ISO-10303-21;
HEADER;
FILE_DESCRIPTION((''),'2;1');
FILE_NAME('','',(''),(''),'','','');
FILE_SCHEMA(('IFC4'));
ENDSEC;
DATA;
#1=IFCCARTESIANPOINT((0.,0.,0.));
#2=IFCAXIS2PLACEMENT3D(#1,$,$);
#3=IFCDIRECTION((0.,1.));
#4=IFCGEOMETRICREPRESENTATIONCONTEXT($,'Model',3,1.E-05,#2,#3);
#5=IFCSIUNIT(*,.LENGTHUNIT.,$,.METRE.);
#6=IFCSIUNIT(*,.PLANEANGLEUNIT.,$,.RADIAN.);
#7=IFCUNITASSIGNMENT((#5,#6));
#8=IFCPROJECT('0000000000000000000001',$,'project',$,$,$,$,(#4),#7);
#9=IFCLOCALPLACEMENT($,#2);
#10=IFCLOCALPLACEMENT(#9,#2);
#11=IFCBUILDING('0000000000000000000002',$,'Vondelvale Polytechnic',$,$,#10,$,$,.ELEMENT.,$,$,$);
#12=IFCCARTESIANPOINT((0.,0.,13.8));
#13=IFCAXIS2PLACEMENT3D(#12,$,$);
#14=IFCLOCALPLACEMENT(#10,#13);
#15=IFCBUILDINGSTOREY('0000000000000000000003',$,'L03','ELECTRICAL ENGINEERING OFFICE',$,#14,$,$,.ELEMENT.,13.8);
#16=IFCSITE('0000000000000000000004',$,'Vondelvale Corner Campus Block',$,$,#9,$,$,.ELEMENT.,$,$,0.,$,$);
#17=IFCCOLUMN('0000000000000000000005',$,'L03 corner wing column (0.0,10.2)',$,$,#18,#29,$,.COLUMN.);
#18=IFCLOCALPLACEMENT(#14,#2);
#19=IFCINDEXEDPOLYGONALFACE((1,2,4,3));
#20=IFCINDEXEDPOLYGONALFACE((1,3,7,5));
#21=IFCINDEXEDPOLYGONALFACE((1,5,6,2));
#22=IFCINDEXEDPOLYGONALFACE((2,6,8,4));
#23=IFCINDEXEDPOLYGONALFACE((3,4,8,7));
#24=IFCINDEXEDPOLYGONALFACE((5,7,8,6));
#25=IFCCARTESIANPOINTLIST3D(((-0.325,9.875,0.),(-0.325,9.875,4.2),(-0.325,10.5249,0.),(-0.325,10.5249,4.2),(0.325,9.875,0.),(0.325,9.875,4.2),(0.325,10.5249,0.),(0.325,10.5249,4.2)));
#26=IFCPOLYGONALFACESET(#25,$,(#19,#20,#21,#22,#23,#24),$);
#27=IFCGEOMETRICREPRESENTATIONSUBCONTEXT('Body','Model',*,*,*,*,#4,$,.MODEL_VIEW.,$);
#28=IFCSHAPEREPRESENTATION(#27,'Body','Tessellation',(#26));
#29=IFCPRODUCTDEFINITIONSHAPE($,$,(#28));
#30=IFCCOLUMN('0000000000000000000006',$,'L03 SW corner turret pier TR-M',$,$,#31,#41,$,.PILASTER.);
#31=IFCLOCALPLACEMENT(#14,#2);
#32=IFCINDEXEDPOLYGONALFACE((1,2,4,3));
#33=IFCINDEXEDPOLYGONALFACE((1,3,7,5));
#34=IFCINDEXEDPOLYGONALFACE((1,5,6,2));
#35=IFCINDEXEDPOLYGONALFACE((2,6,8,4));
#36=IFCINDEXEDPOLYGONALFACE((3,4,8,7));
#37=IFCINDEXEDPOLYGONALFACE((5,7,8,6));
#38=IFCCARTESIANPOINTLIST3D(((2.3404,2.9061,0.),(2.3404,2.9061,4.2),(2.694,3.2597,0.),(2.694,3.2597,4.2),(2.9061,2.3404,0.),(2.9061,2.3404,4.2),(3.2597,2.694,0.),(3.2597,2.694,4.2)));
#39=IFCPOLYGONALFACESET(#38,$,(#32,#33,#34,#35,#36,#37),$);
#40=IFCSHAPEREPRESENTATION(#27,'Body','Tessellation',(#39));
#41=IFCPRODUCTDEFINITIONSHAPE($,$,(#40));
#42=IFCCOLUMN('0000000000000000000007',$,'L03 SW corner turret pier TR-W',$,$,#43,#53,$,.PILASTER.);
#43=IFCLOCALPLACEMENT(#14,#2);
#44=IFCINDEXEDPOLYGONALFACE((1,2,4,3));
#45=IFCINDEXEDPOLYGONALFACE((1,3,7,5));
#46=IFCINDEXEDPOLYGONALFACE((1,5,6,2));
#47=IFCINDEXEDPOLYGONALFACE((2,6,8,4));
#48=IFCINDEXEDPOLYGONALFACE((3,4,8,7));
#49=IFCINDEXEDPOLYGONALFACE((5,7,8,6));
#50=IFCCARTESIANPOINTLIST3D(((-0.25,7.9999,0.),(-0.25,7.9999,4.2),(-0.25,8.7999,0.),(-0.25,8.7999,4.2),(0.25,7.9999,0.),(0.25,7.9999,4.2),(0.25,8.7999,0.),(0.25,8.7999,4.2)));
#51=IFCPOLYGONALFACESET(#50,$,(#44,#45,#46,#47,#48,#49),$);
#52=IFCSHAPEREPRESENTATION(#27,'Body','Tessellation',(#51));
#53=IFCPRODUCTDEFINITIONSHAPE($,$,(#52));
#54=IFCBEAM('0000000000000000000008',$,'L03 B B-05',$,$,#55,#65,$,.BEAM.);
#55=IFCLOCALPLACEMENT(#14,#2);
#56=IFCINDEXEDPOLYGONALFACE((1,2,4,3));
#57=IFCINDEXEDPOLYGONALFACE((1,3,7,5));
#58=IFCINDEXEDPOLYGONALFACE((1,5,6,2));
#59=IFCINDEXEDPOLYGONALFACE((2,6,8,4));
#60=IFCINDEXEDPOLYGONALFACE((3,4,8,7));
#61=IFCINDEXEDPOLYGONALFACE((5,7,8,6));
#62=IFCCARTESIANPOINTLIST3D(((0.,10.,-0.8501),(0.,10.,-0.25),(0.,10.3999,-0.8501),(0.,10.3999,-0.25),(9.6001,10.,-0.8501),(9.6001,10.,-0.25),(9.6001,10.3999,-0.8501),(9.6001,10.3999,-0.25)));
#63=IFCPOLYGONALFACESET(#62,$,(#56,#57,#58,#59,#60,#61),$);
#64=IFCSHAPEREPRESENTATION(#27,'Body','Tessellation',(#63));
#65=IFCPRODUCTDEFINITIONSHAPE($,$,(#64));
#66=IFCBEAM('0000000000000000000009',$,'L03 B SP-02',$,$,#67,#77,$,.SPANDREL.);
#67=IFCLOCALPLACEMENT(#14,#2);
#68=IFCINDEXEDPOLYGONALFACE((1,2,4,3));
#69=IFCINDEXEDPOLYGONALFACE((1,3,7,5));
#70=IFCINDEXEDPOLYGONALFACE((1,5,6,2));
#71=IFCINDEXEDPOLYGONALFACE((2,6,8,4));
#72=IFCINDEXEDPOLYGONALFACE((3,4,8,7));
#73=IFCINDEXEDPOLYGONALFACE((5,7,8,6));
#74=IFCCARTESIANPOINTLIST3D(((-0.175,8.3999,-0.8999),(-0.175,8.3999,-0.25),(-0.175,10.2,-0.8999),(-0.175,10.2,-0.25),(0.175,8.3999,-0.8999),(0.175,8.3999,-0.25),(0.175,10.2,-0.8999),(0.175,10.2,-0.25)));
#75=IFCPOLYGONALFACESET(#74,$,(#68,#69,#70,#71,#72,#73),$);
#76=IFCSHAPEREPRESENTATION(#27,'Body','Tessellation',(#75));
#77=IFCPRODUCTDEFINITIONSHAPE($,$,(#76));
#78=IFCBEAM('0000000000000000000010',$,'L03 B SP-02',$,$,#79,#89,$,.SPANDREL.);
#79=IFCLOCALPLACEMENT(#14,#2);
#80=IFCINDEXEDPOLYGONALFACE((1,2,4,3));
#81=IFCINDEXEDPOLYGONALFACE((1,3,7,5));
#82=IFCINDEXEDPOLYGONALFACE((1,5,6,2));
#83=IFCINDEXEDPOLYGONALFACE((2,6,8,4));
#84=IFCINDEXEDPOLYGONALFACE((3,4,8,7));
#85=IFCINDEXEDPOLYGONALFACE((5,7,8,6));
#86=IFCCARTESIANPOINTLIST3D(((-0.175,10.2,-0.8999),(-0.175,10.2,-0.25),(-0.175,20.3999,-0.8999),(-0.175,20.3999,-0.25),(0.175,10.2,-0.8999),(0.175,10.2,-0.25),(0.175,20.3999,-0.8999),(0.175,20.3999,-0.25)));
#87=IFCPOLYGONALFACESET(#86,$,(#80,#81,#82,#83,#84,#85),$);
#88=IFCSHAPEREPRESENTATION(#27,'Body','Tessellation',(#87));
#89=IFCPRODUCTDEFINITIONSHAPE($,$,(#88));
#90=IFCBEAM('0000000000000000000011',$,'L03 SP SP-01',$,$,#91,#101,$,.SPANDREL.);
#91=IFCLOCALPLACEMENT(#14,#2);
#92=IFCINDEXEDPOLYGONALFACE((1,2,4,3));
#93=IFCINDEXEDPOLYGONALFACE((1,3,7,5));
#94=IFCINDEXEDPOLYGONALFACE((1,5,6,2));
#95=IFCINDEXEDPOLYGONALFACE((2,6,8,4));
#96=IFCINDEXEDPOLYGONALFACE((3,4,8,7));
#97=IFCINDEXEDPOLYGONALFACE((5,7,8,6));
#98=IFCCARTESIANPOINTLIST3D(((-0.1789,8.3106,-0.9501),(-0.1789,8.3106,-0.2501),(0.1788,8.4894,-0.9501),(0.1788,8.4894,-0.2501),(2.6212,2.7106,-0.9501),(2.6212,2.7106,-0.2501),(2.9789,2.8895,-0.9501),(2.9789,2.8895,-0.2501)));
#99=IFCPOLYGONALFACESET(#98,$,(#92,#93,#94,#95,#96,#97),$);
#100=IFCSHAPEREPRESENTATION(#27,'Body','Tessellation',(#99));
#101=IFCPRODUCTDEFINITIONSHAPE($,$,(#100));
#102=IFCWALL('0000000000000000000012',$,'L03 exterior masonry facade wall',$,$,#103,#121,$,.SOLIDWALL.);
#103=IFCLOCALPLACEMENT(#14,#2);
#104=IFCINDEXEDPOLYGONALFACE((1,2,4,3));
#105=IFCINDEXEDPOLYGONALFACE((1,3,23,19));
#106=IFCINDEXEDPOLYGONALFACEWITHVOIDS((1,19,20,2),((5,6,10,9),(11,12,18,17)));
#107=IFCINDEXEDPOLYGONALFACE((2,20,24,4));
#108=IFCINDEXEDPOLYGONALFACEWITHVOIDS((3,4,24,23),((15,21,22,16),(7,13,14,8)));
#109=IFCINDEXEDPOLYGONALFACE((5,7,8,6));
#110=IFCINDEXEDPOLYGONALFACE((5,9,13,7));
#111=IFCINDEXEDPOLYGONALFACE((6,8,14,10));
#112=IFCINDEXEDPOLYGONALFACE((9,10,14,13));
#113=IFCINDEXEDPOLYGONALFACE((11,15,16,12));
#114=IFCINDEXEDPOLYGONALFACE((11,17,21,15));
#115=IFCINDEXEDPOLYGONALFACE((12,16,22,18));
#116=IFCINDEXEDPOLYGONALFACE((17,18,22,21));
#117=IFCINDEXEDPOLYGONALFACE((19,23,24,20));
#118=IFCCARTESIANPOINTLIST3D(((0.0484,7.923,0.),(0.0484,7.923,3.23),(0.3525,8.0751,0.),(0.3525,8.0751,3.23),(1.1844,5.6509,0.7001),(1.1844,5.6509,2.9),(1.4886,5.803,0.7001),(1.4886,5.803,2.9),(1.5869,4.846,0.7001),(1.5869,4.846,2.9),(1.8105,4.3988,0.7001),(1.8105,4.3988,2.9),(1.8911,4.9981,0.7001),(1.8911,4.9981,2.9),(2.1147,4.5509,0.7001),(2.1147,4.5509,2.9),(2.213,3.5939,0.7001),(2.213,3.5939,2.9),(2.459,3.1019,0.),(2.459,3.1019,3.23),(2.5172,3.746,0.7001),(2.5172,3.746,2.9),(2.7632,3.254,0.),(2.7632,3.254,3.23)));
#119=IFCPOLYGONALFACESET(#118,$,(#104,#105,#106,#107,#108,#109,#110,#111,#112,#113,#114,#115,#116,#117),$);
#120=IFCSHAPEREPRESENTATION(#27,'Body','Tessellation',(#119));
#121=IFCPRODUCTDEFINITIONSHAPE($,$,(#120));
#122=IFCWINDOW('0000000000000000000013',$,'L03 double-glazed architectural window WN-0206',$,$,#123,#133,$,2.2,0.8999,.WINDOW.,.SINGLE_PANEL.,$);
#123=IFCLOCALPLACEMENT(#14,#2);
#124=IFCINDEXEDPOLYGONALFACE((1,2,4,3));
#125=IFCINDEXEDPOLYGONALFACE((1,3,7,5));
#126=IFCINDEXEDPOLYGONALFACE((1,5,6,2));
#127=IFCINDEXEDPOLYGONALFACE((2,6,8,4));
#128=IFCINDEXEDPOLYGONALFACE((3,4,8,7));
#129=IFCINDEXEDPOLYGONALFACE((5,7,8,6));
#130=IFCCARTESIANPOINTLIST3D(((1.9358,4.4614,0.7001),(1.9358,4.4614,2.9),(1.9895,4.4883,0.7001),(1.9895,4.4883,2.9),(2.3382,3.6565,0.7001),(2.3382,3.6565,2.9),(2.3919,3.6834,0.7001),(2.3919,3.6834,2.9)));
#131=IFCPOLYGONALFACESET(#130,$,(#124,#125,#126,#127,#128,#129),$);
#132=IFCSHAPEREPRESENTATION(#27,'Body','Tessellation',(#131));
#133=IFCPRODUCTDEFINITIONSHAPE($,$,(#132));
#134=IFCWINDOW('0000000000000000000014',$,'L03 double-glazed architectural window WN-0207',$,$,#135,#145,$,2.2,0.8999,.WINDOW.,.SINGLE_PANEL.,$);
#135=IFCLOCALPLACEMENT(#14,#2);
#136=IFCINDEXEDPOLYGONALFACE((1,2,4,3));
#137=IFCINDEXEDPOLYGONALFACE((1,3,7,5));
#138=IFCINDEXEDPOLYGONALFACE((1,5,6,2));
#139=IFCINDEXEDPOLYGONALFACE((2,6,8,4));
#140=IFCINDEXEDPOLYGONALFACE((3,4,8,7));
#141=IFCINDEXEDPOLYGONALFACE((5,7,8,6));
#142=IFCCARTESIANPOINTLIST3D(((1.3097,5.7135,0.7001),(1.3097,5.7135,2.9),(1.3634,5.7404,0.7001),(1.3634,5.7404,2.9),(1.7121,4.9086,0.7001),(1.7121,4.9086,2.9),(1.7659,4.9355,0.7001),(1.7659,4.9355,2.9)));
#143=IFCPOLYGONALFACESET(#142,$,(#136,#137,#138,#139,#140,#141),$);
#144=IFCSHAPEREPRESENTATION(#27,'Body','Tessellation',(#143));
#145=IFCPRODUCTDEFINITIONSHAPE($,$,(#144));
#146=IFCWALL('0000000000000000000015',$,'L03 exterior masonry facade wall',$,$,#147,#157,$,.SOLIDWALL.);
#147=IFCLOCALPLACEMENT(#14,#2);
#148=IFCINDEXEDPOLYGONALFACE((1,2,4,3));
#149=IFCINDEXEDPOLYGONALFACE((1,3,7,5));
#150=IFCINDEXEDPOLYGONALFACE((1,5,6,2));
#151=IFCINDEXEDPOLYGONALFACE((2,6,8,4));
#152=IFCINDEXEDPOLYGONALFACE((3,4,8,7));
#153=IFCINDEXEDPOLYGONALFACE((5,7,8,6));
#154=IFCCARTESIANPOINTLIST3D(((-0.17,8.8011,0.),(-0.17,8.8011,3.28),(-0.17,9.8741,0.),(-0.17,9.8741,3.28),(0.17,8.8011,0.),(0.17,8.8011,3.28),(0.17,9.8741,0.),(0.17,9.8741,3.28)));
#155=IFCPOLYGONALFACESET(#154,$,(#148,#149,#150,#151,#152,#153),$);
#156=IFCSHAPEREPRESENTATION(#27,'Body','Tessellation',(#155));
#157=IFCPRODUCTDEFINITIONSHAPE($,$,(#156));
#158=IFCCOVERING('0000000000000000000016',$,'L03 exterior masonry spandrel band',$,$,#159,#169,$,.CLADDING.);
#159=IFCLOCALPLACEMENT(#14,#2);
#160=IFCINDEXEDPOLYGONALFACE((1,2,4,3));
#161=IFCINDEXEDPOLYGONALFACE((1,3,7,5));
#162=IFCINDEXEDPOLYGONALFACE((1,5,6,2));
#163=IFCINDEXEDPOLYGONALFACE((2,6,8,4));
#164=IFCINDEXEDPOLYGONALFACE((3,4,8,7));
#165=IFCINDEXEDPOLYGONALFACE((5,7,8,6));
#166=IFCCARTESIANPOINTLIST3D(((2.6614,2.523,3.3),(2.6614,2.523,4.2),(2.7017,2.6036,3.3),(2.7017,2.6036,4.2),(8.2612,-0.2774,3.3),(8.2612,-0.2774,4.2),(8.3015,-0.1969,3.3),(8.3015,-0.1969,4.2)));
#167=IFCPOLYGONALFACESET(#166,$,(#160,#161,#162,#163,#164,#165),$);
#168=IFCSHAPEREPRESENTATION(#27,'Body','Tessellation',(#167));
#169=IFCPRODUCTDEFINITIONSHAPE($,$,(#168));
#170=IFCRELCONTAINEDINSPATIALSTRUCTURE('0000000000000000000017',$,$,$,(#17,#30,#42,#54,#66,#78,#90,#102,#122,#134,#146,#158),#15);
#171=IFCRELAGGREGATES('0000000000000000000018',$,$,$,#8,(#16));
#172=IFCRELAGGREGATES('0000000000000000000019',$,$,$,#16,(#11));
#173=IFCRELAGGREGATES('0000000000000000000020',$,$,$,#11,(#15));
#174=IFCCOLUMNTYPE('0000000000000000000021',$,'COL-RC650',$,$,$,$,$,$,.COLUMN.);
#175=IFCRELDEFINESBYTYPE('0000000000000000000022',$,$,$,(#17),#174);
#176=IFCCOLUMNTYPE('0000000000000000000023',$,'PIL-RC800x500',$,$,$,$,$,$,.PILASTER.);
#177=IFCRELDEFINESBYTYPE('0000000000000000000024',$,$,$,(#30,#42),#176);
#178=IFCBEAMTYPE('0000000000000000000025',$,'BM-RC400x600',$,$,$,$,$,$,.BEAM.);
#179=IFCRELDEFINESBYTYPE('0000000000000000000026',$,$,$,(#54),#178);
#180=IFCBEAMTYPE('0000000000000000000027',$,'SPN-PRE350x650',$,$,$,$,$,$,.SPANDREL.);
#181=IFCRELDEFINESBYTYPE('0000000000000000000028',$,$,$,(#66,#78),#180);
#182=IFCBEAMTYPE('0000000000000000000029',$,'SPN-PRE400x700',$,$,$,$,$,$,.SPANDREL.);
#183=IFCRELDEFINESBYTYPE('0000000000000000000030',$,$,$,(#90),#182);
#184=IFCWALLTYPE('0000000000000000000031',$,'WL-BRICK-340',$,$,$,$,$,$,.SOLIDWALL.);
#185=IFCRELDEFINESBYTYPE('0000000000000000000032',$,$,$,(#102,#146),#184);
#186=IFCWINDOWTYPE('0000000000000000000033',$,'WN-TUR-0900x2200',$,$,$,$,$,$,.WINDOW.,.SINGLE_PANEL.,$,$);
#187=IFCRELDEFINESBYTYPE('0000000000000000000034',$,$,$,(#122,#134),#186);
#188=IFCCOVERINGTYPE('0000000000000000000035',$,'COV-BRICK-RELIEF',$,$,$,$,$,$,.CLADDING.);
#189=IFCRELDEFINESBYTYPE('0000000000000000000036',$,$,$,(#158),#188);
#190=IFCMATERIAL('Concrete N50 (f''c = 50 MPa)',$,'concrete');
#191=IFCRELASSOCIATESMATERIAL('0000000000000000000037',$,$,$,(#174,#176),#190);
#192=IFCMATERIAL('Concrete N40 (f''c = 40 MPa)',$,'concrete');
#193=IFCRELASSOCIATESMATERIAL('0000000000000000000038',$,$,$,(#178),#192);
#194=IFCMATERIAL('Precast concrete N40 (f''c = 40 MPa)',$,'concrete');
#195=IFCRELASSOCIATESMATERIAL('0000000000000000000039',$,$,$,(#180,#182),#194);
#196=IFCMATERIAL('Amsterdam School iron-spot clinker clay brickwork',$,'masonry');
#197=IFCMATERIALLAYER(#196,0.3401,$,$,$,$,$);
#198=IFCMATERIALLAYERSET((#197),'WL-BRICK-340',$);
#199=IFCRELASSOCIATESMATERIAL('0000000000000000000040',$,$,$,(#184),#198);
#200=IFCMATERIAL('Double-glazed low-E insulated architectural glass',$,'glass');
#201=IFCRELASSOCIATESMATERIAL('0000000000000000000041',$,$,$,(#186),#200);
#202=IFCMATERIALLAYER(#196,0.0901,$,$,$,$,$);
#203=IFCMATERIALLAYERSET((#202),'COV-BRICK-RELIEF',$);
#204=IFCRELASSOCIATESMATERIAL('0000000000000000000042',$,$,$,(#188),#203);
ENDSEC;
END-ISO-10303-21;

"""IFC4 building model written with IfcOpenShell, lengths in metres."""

from ifc_helpers import new_model, si_unit, direction, frame, frame_2d, origin, origin_2d, place, context, subcontext, project, spatial, rectangle, extrude, material, layer, layer_set, material_profile, profile_set, type_object, element, fill, save


model = new_model("IFC4")

# Units and contexts
model_context = context("Model", 3, precision=1e-05, world=origin(), true_north=direction((0.0, 1.0)))
body_context = subcontext(model_context, "Body", "Model", "MODEL_VIEW")
ifc_project = project(units=[si_unit("LENGTHUNIT", "METRE"), si_unit("PLANEANGLEUNIT", "RADIAN")], contexts=[model_context])

# Site, building, storey
site_placement = place(None, origin())
site = spatial("IfcSite", under=ifc_project, at=site_placement, Name="Vondelvale Corner Campus Block", CompositionType="ELEMENT", RefElevation=0.0)
building_placement = place(site_placement, origin())
building = spatial("IfcBuilding", under=site, at=building_placement, Name="Vondelvale Polytechnic", CompositionType="ELEMENT")
storey_placement = place(building_placement, frame((0.0, 0.0, 13.8)))
storey = spatial("IfcBuildingStorey", under=building, at=storey_placement, Name="L03", Description="ELECTRICAL ENGINEERING OFFICE", CompositionType="ELEMENT", Elevation=13.8)

# Columns
ifc_material_1 = material(Name="Concrete N50 (f'c = 50 MPa)", Category="concrete")
ifc_material_profile_1 = material_profile(ifc_material_1, rectangle(XDim=0.6499, YDim=0.6499, at=origin_2d()), Name="RC-COL-650x650")
ifc_profile_set_1 = profile_set([ifc_material_profile_1], Name="Concrete N50 (f'c = 50 MPa)")
column_type_1 = type_object("IfcColumnType", Name="COL-RC650", PredefinedType="COLUMN", material=ifc_profile_set_1)
column_placement = place(storey_placement, frame((0.0, 10.2, 0.0), z_axis=(0.0, 0.0, 1.0), x_axis=(1.0, 0.0, 0.0)))
element("IfcColumn", 1, at=column_placement, inside=storey, type_object=column_type_1, Name="L03 corner wing column (0.0,10.2)", PredefinedType="COLUMN", context=body_context, shape_type="SweptSolid", body=[
    extrude(rectangle(XDim=0.6499, YDim=0.6499, at=origin_2d()), origin(), (0.0, 0.0, 1.0), 4.2),
])
ifc_material_profile_2 = material_profile(ifc_material_1, rectangle(XDim=0.5, YDim=0.8, at=origin_2d()), Name="RC-PIL-800x500")
ifc_profile_set_2 = profile_set([ifc_material_profile_2], Name="Concrete N50 (f'c = 50 MPa)")
column_type_2 = type_object("IfcColumnType", Name="PIL-RC800x500", PredefinedType="PILASTER", material=ifc_profile_set_2)
for number, where, z_axis, x_axis, name in (
    (2, (2.8, 2.8, 0.0), (0.0, 0.0, 1.0), (0.707107, 0.707107, 0.0), "L03 SW corner turret pier TR-M"),
    (3, (0.0, 8.3999, 0.0), (0.0, 0.0, 1.0), (1.0, 0.0, 0.0), "L03 SW corner turret pier TR-W"),
):
    element("IfcColumn", number, at=place(storey_placement, frame(where, z_axis=z_axis, x_axis=x_axis)), inside=storey, type_object=column_type_2, Name=name, PredefinedType="PILASTER", context=body_context, shape_type="SweptSolid", body=[
        extrude(rectangle(XDim=0.5, YDim=0.8, at=origin_2d()), origin(), (0.0, 0.0, 1.0), 4.2),
    ])

# Beams
ifc_material_2 = material(Name="Concrete N40 (f'c = 40 MPa)", Category="concrete")
ifc_material_profile_3 = material_profile(ifc_material_2, rectangle(XDim=0.3999, YDim=0.6001, at=origin_2d()), Name="RC-BM-400x600")
ifc_profile_set_3 = profile_set([ifc_material_profile_3], Name="Concrete N40 (f'c = 40 MPa)")
beam_type_1 = type_object("IfcBeamType", Name="BM-RC400x600", PredefinedType="BEAM", material=ifc_profile_set_3)
beam_1_placement = place(storey_placement, frame((0.0, 10.2, -0.55), z_axis=(1.0, 0.0, 0.0), x_axis=(0.0, 1.0, 0.0)))
element("IfcBeam", 4, at=beam_1_placement, inside=storey, type_object=beam_type_1, Name="L03 B B-05", PredefinedType="BEAM", context=body_context, shape_type="SweptSolid", body=[
    extrude(rectangle(XDim=0.3999, YDim=0.6001, at=origin_2d()), origin(), (0.0, 0.0, 1.0), 9.6001),
])
ifc_material_3 = material(Name="Precast concrete N40 (f'c = 40 MPa)", Category="concrete")
ifc_material_profile_4 = material_profile(ifc_material_3, rectangle(XDim=0.3501, YDim=0.6499, at=origin_2d()), Name="RC-SPN-350x650")
ifc_profile_set_4 = profile_set([ifc_material_profile_4], Name="Precast concrete N40 (f'c = 40 MPa)")
beam_type_2 = type_object("IfcBeamType", Name="SPN-PRE350x650", PredefinedType="SPANDREL", material=ifc_profile_set_4)
beam_2_placement = place(storey_placement, frame((0.0, 8.3999, -0.575), z_axis=(0.0, 1.0, 0.0), x_axis=(-1.0, 0.0, 0.0)))
element("IfcBeam", 5, at=beam_2_placement, inside=storey, type_object=beam_type_2, Name="L03 B SP-02", PredefinedType="SPANDREL", context=body_context, shape_type="SweptSolid", body=[
    extrude(rectangle(XDim=0.3501, YDim=0.6499, at=origin_2d()), origin(), (0.0, 0.0, 1.0), 1.8),
])
beam_3_placement = place(storey_placement, frame((0.0, 10.2, -0.575), z_axis=(0.0, 1.0, 0.0), x_axis=(-1.0, 0.0, 0.0)))
element("IfcBeam", 6, at=beam_3_placement, inside=storey, type_object=beam_type_2, Name="L03 B SP-02", PredefinedType="SPANDREL", context=body_context, shape_type="SweptSolid", body=[
    extrude(rectangle(XDim=0.3501, YDim=0.6499, at=origin_2d()), origin(), (0.0, 0.0, 1.0), 10.2),
])
ifc_material_profile_5 = material_profile(ifc_material_3, rectangle(XDim=0.3999, YDim=0.7, at=origin_2d()), Name="RC-SPN-400x700")
ifc_profile_set_5 = profile_set([ifc_material_profile_5], Name="Precast concrete N40 (f'c = 40 MPa)")
beam_type_3 = type_object("IfcBeamType", Name="SPN-PRE400x700", PredefinedType="SPANDREL", material=ifc_profile_set_5)
beam_4_placement = place(storey_placement, frame((2.8, 2.8, -0.6001), z_axis=(-0.447229, 0.894419, 0.0), x_axis=(-0.894419, -0.447229, 0.0)))
element("IfcBeam", 7, at=beam_4_placement, inside=storey, type_object=beam_type_3, Name="L03 SP SP-01", PredefinedType="SPANDREL", context=body_context, shape_type="SweptSolid", body=[
    extrude(rectangle(XDim=0.3999, YDim=0.7, at=origin_2d()), origin(), (0.0, 0.0, 1.0), 6.261),
])

# Wall, openings, windows
ifc_material_4 = material(Name="Amsterdam School iron-spot clinker clay brickwork", Category="masonry")
ifc_layer_1 = layer(ifc_material_4, 0.3401)
ifc_layer_set_1 = layer_set([ifc_layer_1], Name="WL-BRICK-340")
wall_type = type_object("IfcWallType", Name="WL-BRICK-340", PredefinedType="SOLIDWALL", material=ifc_layer_set_1)
wall_1_placement = place(storey_placement, frame((2.6111, 3.178, 0.0), z_axis=(0.0, 0.0, 1.0), x_axis=(-0.447232, 0.894418, 0.0)))
wall_1 = element("IfcWall", 8, at=wall_1_placement, inside=storey, type_object=wall_type, Name="L03 exterior masonry facade wall", PredefinedType="SOLIDWALL", context=body_context, shape_type="SweptSolid", body=[
    extrude(rectangle(XDim=5.3901, YDim=0.3401, at=frame_2d((2.6951, 0.0))), origin(), (0.0, 0.0, 1.0), 3.23),
])
opening_1_placement = place(wall_1_placement, frame((0.55, 0.0, 0.7)))
opening_1 = element("IfcOpeningElement", 9, at=opening_1_placement, cuts=wall_1, PredefinedType="OPENING", context=body_context, shape_type="SweptSolid", body=[
    extrude(rectangle(XDim=0.8999, YDim=2.2, at=frame_2d((0.45, 1.1001))), frame((0.0, 0.1799, 0.0), z_axis=(0.0, -1.0, 0.0), x_axis=(1.0, 0.0, 0.0)), (0.0, 0.0, 1.0), 0.3601),
])
opening_2_placement = place(wall_1_placement, frame((1.95, 0.0, 0.7)))
opening_2 = element("IfcOpeningElement", 10, at=opening_2_placement, cuts=wall_1, PredefinedType="OPENING", context=body_context, shape_type="SweptSolid", body=[
    extrude(rectangle(XDim=0.8999, YDim=2.2, at=frame_2d((0.45, 1.1001))), frame((0.0, 0.1799, 0.0), z_axis=(0.0, -1.0, 0.0), x_axis=(1.0, 0.0, 0.0)), (0.0, 0.0, 1.0), 0.3601),
])
ifc_material_5 = material(Name="Double-glazed low-E insulated architectural glass", Category="glass")
window_type = type_object("IfcWindowType", Name="WN-TUR-0900x2200", PartitioningType="SINGLE_PANEL", PredefinedType="WINDOW", material=ifc_material_5)
window_1_placement = place(opening_1_placement, origin())
window_1 = element("IfcWindow", 11, at=window_1_placement, inside=storey, type_object=window_type, Name="L03 double-glazed architectural window WN-0206", OverallHeight=2.2, OverallWidth=0.8999, PartitioningType="SINGLE_PANEL", PredefinedType="WINDOW", context=body_context, shape_type="SweptSolid", body=[
    extrude(rectangle(XDim=0.8999, YDim=2.2, at=frame_2d((0.45, 1.1001))), frame((0.0, 0.03, 0.0), z_axis=(0.0, -1.0, 0.0), x_axis=(1.0, 0.0, 0.0)), (0.0, 0.0, 1.0), 0.0601),
])
fill(opening_1, window_1)
window_2_placement = place(opening_2_placement, origin())
window_2 = element("IfcWindow", 12, at=window_2_placement, inside=storey, type_object=window_type, Name="L03 double-glazed architectural window WN-0207", OverallHeight=2.2, OverallWidth=0.8999, PartitioningType="SINGLE_PANEL", PredefinedType="WINDOW", context=body_context, shape_type="SweptSolid", body=[
    extrude(rectangle(XDim=0.8999, YDim=2.2, at=frame_2d((0.45, 1.1001))), frame((0.0, 0.03, 0.0), z_axis=(0.0, -1.0, 0.0), x_axis=(1.0, 0.0, 0.0)), (0.0, 0.0, 1.0), 0.0601),
])
fill(opening_2, window_2)

# Wall
wall_2_placement = place(storey_placement, frame((0.0, 8.801, 0.0), z_axis=(0.0, 0.0, 1.0), x_axis=(0.0, 1.0, 0.0)))
element("IfcWall", 13, at=wall_2_placement, inside=storey, type_object=wall_type, Name="L03 exterior masonry facade wall", PredefinedType="SOLIDWALL", context=body_context, shape_type="SweptSolid", body=[
    extrude(rectangle(XDim=1.073, YDim=0.3401, at=frame_2d((0.5366, 0.0))), origin(), (0.0, 0.0, 1.0), 3.28),
])

# Covering
ifc_layer_2 = layer(ifc_material_4, 0.0901)
ifc_layer_set_2 = layer_set([ifc_layer_2], Name="COV-BRICK-RELIEF")
covering_type = type_object("IfcCoveringType", Name="COV-BRICK-RELIEF", PredefinedType="CLADDING", material=ifc_layer_set_2)
for number, where, z_axis, x_axis, name in (
    (14, (5.4814, 1.1631, 3.3), (0.0, 0.0, 1.0), (-0.894389, 0.447291, 0.0), "L03 exterior masonry spandrel band"),
):
    element("IfcCovering", number, at=place(storey_placement, frame(where, z_axis=z_axis, x_axis=x_axis)), inside=storey, type_object=covering_type, Name=name, PredefinedType="CLADDING", context=body_context, shape_type="SweptSolid", body=[
        extrude(rectangle(XDim=6.261, YDim=0.0901, at=origin_2d()), origin(), (0.0, 0.0, 1.0), 0.8999),
    ])

save(model, "model.ifc")
